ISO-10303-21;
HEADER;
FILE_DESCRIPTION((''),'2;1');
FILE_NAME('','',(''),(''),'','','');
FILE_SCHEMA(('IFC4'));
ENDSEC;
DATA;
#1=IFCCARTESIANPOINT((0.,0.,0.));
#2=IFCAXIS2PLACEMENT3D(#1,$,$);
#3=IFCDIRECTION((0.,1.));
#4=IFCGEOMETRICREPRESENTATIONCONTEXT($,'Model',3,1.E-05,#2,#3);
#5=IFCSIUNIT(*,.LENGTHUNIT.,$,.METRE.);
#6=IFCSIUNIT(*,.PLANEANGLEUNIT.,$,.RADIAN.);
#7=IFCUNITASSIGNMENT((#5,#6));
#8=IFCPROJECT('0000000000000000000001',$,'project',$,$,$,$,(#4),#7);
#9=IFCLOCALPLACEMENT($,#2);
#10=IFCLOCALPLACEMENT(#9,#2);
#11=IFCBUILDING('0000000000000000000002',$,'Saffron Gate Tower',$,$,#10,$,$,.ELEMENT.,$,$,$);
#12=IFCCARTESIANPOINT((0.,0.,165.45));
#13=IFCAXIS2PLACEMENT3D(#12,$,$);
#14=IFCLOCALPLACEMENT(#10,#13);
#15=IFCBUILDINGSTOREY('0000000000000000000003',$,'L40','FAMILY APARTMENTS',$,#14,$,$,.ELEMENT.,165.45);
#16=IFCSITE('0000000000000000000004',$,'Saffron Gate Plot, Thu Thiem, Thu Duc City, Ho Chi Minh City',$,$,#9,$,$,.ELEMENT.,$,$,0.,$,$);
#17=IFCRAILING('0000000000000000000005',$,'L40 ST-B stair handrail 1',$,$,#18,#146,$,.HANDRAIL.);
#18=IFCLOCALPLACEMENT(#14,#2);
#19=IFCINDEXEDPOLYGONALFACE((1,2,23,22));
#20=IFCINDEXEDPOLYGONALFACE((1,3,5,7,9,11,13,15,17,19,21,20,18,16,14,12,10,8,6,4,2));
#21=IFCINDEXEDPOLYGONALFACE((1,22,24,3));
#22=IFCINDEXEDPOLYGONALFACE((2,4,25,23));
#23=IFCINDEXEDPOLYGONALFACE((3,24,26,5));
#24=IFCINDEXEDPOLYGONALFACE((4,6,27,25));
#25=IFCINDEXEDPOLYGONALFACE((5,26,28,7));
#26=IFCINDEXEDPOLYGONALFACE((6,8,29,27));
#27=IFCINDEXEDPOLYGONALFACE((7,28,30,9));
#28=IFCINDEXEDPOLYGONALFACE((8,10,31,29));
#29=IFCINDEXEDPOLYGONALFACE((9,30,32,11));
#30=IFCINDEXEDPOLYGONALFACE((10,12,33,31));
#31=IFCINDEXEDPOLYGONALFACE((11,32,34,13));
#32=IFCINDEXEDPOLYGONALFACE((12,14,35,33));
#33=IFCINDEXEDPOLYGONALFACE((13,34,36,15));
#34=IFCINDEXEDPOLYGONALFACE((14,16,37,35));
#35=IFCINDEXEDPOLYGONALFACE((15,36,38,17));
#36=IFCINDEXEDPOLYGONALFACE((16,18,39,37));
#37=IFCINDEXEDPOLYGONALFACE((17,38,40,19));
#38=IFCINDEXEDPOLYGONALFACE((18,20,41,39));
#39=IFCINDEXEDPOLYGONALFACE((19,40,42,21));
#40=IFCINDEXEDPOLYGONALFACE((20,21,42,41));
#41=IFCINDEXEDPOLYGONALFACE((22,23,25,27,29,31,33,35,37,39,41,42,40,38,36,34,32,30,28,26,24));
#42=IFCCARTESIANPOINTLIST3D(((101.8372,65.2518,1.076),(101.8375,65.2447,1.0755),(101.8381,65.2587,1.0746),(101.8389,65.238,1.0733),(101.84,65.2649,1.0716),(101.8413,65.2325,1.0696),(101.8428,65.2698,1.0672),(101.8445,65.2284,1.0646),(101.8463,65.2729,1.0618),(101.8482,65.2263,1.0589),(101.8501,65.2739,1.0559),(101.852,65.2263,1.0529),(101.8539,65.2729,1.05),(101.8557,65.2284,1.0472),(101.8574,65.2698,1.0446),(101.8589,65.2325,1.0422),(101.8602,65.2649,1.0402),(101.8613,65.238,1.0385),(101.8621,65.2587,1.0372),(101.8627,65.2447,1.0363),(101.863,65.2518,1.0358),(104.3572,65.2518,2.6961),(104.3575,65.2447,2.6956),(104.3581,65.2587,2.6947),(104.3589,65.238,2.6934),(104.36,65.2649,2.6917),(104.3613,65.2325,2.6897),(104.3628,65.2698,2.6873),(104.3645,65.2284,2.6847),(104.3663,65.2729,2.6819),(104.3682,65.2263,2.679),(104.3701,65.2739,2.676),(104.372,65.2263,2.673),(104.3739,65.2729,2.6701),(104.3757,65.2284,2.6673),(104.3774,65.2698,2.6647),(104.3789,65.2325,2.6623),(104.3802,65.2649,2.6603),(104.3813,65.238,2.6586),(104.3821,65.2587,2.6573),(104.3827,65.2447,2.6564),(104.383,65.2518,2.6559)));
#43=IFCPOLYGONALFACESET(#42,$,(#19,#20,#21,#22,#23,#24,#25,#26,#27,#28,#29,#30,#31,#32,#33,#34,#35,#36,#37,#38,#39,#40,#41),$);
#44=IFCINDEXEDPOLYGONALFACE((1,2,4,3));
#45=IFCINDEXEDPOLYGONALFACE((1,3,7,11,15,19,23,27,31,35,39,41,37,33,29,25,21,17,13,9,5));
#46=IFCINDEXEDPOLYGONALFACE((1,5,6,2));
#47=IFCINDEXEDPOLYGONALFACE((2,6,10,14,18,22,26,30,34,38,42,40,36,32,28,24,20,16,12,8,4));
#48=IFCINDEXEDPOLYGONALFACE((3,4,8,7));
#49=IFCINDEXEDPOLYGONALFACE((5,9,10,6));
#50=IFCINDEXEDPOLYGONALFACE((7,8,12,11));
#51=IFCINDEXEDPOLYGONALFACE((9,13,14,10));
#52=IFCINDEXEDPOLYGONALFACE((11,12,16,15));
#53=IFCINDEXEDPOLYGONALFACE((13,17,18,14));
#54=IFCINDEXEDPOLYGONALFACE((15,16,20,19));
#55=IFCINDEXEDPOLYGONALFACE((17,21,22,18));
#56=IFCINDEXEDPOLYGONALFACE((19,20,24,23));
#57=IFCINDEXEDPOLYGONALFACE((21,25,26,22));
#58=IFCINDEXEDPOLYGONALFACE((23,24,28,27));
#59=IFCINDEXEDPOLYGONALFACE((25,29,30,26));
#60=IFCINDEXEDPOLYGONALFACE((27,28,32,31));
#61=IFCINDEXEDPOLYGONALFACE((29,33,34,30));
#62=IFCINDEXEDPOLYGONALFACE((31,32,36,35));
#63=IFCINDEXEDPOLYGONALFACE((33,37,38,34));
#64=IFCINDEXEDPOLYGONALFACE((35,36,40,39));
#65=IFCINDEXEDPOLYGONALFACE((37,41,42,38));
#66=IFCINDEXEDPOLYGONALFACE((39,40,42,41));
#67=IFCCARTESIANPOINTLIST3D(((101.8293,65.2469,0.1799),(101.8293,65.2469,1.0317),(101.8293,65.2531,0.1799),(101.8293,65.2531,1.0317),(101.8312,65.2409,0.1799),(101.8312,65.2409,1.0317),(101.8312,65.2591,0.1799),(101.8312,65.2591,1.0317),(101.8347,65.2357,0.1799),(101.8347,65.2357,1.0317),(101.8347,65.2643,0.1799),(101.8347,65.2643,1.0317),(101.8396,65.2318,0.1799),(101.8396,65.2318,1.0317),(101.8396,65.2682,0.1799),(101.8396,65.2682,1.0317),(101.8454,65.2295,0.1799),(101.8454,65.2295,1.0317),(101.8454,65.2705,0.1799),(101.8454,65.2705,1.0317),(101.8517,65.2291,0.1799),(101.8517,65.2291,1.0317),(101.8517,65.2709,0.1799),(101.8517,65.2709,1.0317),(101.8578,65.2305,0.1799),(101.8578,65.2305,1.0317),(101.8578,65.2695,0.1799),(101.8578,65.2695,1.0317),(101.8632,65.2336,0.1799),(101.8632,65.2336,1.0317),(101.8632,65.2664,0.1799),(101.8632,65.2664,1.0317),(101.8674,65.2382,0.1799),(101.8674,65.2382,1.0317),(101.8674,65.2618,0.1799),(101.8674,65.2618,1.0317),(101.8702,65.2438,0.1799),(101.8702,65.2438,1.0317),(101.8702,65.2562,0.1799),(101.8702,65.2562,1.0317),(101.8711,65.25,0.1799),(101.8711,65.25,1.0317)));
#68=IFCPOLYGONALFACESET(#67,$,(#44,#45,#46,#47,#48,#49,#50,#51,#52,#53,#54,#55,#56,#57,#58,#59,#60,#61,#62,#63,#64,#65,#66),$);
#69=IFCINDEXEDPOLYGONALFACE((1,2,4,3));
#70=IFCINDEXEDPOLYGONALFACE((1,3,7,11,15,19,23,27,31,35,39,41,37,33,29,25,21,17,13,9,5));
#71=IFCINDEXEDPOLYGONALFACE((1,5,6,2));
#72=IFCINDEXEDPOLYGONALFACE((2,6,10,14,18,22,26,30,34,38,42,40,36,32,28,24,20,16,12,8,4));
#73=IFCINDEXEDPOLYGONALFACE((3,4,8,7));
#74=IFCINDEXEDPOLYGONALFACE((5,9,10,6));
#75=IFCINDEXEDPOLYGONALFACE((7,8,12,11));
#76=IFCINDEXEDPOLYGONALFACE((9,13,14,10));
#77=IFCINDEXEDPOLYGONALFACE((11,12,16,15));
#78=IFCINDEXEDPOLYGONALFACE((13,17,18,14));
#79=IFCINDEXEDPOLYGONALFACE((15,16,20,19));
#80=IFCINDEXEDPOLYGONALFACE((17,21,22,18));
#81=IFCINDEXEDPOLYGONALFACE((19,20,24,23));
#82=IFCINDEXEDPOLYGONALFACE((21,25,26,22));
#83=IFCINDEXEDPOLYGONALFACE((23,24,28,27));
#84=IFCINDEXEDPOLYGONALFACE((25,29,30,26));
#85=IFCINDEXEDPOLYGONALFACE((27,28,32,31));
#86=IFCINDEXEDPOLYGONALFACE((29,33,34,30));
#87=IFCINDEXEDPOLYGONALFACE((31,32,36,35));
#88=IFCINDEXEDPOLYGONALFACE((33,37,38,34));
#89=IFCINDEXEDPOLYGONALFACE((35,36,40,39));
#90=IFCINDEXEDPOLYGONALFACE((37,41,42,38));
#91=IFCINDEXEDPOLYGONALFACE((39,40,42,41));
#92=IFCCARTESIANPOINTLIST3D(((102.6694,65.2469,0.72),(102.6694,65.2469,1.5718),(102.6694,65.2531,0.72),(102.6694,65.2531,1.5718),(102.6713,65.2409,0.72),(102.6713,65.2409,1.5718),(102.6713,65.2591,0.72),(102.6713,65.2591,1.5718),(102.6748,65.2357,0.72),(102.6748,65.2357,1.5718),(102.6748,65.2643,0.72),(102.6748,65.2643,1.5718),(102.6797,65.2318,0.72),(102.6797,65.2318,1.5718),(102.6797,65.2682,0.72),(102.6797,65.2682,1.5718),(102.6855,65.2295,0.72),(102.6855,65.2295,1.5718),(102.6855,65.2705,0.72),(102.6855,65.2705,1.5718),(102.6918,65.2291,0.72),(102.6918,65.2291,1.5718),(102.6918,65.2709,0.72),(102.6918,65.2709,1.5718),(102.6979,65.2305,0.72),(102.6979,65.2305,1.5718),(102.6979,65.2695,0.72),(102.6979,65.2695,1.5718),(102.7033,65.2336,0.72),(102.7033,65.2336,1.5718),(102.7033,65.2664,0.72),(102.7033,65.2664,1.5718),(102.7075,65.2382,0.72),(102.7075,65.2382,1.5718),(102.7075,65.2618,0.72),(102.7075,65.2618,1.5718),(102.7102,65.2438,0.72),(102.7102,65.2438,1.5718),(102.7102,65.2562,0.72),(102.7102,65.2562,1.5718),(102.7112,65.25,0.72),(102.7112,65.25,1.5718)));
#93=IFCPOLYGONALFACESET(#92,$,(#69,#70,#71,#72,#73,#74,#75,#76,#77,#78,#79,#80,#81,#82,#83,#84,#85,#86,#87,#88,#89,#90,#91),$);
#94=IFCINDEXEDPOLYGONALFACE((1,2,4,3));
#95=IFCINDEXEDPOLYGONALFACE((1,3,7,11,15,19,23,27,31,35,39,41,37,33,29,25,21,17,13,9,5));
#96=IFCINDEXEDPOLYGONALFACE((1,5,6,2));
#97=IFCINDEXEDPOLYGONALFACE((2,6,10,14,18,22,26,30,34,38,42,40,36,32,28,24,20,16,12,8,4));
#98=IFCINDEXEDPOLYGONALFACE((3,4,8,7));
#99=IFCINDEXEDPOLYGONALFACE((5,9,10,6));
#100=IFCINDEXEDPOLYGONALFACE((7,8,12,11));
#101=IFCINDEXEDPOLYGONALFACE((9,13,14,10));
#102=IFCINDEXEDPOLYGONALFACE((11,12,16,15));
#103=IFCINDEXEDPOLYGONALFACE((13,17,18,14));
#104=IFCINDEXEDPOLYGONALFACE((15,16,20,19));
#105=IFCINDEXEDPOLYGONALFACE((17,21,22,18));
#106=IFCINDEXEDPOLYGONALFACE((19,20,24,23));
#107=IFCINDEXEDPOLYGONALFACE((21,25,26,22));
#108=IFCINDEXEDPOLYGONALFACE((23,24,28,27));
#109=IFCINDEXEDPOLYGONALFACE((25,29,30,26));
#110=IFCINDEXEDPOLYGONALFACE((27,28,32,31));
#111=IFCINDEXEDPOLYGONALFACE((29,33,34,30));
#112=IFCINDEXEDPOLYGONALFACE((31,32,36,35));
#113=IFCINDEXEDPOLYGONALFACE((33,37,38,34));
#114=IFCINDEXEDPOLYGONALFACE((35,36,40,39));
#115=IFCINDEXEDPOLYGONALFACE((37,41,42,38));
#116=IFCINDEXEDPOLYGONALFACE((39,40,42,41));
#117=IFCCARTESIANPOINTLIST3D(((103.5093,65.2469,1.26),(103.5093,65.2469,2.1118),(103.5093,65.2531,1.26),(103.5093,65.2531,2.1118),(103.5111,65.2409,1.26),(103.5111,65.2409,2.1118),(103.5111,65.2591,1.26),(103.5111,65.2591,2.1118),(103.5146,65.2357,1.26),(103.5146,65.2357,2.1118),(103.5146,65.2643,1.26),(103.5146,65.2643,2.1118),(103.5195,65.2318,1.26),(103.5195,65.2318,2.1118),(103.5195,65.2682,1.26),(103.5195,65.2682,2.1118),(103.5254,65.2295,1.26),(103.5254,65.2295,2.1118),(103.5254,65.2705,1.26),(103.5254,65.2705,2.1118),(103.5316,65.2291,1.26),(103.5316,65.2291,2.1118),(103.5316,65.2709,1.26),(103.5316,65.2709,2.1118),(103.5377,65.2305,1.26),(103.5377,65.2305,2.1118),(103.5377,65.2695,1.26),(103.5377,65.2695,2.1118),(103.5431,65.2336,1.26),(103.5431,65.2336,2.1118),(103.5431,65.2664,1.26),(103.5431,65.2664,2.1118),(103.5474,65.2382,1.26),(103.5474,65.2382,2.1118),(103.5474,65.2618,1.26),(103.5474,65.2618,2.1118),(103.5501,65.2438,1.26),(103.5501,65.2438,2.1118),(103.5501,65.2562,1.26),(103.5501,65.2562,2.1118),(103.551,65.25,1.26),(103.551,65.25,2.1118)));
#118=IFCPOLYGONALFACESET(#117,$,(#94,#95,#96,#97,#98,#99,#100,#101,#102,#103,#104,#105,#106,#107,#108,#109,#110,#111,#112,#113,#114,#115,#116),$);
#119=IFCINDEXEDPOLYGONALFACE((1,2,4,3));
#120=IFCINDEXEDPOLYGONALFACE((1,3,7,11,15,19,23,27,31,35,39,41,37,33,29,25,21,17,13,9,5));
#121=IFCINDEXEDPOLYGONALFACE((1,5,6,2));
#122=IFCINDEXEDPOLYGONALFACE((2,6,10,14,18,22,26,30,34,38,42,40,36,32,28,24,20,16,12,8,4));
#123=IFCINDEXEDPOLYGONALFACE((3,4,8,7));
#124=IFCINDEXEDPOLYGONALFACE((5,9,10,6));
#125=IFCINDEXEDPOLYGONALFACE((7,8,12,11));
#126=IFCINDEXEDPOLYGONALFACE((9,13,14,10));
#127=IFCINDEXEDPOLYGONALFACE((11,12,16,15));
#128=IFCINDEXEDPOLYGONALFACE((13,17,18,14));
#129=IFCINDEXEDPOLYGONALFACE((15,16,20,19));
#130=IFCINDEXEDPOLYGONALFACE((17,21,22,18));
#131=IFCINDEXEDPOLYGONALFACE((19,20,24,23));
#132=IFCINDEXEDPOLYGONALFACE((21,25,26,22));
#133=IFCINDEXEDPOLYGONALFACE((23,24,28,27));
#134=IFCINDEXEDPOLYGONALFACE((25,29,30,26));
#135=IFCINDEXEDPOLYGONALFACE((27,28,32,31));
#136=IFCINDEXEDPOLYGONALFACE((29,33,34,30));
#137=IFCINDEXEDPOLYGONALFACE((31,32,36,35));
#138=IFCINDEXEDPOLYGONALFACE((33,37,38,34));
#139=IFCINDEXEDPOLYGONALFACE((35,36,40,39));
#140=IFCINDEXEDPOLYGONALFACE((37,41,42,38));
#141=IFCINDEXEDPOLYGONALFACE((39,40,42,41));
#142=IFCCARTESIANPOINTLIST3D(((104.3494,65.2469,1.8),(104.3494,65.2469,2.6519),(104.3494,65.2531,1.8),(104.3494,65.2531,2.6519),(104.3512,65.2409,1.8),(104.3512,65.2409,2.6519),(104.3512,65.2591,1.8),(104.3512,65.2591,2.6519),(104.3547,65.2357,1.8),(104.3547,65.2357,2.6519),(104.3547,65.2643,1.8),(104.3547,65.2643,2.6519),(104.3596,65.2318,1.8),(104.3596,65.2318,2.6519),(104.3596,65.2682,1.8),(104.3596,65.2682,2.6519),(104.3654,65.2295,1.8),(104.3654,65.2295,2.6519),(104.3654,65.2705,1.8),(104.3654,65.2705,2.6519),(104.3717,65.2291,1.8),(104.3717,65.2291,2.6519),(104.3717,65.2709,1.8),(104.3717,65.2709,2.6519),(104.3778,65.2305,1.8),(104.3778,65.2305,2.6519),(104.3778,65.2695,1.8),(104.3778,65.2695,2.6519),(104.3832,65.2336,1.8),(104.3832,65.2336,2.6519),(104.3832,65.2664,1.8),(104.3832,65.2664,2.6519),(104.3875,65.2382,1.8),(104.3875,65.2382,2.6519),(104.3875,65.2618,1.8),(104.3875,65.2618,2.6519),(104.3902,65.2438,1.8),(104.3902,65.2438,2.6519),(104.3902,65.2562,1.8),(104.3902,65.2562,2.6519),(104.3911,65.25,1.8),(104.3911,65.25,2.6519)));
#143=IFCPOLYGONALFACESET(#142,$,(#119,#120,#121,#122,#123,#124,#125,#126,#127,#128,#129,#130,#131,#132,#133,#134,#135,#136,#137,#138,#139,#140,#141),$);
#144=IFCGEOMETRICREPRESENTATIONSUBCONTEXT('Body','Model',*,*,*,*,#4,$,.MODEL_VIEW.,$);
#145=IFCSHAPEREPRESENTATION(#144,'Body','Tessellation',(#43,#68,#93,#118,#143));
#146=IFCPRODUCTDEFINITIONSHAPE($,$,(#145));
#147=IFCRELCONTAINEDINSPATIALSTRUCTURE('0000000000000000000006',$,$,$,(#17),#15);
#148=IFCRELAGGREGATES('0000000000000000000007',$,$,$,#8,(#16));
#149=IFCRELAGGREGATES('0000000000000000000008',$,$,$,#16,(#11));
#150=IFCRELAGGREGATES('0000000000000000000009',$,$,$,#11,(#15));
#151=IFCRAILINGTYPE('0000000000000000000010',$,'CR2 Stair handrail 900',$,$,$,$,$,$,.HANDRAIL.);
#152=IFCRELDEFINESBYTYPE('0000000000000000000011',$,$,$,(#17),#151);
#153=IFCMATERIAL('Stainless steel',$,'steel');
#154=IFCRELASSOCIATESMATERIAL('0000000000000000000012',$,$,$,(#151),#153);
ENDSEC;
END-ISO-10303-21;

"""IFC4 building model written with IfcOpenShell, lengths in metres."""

from ifc_helpers import new_model, si_unit, direction, frame, origin, origin_2d, place, context, subcontext, project, spatial, circle, extrude, material, type_object, element, save


model = new_model("IFC4")

# Units and contexts
model_context = context("Model", 3, precision=1e-05, world=origin(), true_north=direction((0.0, 1.0)))
body_context = subcontext(model_context, "Body", "Model", "MODEL_VIEW")
ifc_project = project(units=[si_unit("LENGTHUNIT", "METRE"), si_unit("PLANEANGLEUNIT", "RADIAN")], contexts=[model_context])

# Site, building, storey
site_placement = place(None, origin())
site = spatial("IfcSite", under=ifc_project, at=site_placement, Name="Saffron Gate Plot, Thu Thiem, Thu Duc City, Ho Chi Minh City", CompositionType="ELEMENT", RefElevation=0.0)
building_placement = place(site_placement, origin())
building = spatial("IfcBuilding", under=site, at=building_placement, Name="Saffron Gate Tower", CompositionType="ELEMENT")
storey_placement = place(building_placement, frame((0.0, 0.0, 165.45)))
storey = spatial("IfcBuildingStorey", under=building, at=storey_placement, Name="L40", Description="FAMILY APARTMENTS", CompositionType="ELEMENT", Elevation=165.45)

# Railing
ifc_material_1 = material(Name="Stainless steel", Category="steel")
railing_type_1 = type_object("IfcRailingType", Name="CR2 Stair handrail 900", PredefinedType="HANDRAIL", material=ifc_material_1)
railing_1_placement = place(storey_placement, frame((101.8501, 65.25, 0.1799)))
element("IfcRailing", 1, at=railing_1_placement, inside=storey, type_object=railing_type_1, Name="L40 ST-B stair handrail 1", PredefinedType="HANDRAIL", context=body_context, shape_type="SweptSolid", body=[
    extrude(circle(Radius=0.0239, at=origin_2d()), frame((0.0, 0.0, 0.876), z_axis=(0.841163, 0.0, 0.540782), x_axis=(0.0, 1.0, 0.0)), (0.0, 0.0, 1.0), 2.9958),
    extrude(circle(Radius=0.021, at=origin_2d()), origin(), (0.0, 0.0, 1.0), 0.8518),
    extrude(circle(Radius=0.021, at=origin_2d()), frame((0.8401, 0.0, 0.54)), (0.0, 0.0, 1.0), 0.8518),
    extrude(circle(Radius=0.021, at=origin_2d()), frame((1.6799, 0.0, 1.0801)), (0.0, 0.0, 1.0), 0.8518),
    extrude(circle(Radius=0.021, at=origin_2d()), frame((2.52, 0.0, 1.6201)), (0.0, 0.0, 1.0), 0.8518),
])

save(model, "model.ifc")
